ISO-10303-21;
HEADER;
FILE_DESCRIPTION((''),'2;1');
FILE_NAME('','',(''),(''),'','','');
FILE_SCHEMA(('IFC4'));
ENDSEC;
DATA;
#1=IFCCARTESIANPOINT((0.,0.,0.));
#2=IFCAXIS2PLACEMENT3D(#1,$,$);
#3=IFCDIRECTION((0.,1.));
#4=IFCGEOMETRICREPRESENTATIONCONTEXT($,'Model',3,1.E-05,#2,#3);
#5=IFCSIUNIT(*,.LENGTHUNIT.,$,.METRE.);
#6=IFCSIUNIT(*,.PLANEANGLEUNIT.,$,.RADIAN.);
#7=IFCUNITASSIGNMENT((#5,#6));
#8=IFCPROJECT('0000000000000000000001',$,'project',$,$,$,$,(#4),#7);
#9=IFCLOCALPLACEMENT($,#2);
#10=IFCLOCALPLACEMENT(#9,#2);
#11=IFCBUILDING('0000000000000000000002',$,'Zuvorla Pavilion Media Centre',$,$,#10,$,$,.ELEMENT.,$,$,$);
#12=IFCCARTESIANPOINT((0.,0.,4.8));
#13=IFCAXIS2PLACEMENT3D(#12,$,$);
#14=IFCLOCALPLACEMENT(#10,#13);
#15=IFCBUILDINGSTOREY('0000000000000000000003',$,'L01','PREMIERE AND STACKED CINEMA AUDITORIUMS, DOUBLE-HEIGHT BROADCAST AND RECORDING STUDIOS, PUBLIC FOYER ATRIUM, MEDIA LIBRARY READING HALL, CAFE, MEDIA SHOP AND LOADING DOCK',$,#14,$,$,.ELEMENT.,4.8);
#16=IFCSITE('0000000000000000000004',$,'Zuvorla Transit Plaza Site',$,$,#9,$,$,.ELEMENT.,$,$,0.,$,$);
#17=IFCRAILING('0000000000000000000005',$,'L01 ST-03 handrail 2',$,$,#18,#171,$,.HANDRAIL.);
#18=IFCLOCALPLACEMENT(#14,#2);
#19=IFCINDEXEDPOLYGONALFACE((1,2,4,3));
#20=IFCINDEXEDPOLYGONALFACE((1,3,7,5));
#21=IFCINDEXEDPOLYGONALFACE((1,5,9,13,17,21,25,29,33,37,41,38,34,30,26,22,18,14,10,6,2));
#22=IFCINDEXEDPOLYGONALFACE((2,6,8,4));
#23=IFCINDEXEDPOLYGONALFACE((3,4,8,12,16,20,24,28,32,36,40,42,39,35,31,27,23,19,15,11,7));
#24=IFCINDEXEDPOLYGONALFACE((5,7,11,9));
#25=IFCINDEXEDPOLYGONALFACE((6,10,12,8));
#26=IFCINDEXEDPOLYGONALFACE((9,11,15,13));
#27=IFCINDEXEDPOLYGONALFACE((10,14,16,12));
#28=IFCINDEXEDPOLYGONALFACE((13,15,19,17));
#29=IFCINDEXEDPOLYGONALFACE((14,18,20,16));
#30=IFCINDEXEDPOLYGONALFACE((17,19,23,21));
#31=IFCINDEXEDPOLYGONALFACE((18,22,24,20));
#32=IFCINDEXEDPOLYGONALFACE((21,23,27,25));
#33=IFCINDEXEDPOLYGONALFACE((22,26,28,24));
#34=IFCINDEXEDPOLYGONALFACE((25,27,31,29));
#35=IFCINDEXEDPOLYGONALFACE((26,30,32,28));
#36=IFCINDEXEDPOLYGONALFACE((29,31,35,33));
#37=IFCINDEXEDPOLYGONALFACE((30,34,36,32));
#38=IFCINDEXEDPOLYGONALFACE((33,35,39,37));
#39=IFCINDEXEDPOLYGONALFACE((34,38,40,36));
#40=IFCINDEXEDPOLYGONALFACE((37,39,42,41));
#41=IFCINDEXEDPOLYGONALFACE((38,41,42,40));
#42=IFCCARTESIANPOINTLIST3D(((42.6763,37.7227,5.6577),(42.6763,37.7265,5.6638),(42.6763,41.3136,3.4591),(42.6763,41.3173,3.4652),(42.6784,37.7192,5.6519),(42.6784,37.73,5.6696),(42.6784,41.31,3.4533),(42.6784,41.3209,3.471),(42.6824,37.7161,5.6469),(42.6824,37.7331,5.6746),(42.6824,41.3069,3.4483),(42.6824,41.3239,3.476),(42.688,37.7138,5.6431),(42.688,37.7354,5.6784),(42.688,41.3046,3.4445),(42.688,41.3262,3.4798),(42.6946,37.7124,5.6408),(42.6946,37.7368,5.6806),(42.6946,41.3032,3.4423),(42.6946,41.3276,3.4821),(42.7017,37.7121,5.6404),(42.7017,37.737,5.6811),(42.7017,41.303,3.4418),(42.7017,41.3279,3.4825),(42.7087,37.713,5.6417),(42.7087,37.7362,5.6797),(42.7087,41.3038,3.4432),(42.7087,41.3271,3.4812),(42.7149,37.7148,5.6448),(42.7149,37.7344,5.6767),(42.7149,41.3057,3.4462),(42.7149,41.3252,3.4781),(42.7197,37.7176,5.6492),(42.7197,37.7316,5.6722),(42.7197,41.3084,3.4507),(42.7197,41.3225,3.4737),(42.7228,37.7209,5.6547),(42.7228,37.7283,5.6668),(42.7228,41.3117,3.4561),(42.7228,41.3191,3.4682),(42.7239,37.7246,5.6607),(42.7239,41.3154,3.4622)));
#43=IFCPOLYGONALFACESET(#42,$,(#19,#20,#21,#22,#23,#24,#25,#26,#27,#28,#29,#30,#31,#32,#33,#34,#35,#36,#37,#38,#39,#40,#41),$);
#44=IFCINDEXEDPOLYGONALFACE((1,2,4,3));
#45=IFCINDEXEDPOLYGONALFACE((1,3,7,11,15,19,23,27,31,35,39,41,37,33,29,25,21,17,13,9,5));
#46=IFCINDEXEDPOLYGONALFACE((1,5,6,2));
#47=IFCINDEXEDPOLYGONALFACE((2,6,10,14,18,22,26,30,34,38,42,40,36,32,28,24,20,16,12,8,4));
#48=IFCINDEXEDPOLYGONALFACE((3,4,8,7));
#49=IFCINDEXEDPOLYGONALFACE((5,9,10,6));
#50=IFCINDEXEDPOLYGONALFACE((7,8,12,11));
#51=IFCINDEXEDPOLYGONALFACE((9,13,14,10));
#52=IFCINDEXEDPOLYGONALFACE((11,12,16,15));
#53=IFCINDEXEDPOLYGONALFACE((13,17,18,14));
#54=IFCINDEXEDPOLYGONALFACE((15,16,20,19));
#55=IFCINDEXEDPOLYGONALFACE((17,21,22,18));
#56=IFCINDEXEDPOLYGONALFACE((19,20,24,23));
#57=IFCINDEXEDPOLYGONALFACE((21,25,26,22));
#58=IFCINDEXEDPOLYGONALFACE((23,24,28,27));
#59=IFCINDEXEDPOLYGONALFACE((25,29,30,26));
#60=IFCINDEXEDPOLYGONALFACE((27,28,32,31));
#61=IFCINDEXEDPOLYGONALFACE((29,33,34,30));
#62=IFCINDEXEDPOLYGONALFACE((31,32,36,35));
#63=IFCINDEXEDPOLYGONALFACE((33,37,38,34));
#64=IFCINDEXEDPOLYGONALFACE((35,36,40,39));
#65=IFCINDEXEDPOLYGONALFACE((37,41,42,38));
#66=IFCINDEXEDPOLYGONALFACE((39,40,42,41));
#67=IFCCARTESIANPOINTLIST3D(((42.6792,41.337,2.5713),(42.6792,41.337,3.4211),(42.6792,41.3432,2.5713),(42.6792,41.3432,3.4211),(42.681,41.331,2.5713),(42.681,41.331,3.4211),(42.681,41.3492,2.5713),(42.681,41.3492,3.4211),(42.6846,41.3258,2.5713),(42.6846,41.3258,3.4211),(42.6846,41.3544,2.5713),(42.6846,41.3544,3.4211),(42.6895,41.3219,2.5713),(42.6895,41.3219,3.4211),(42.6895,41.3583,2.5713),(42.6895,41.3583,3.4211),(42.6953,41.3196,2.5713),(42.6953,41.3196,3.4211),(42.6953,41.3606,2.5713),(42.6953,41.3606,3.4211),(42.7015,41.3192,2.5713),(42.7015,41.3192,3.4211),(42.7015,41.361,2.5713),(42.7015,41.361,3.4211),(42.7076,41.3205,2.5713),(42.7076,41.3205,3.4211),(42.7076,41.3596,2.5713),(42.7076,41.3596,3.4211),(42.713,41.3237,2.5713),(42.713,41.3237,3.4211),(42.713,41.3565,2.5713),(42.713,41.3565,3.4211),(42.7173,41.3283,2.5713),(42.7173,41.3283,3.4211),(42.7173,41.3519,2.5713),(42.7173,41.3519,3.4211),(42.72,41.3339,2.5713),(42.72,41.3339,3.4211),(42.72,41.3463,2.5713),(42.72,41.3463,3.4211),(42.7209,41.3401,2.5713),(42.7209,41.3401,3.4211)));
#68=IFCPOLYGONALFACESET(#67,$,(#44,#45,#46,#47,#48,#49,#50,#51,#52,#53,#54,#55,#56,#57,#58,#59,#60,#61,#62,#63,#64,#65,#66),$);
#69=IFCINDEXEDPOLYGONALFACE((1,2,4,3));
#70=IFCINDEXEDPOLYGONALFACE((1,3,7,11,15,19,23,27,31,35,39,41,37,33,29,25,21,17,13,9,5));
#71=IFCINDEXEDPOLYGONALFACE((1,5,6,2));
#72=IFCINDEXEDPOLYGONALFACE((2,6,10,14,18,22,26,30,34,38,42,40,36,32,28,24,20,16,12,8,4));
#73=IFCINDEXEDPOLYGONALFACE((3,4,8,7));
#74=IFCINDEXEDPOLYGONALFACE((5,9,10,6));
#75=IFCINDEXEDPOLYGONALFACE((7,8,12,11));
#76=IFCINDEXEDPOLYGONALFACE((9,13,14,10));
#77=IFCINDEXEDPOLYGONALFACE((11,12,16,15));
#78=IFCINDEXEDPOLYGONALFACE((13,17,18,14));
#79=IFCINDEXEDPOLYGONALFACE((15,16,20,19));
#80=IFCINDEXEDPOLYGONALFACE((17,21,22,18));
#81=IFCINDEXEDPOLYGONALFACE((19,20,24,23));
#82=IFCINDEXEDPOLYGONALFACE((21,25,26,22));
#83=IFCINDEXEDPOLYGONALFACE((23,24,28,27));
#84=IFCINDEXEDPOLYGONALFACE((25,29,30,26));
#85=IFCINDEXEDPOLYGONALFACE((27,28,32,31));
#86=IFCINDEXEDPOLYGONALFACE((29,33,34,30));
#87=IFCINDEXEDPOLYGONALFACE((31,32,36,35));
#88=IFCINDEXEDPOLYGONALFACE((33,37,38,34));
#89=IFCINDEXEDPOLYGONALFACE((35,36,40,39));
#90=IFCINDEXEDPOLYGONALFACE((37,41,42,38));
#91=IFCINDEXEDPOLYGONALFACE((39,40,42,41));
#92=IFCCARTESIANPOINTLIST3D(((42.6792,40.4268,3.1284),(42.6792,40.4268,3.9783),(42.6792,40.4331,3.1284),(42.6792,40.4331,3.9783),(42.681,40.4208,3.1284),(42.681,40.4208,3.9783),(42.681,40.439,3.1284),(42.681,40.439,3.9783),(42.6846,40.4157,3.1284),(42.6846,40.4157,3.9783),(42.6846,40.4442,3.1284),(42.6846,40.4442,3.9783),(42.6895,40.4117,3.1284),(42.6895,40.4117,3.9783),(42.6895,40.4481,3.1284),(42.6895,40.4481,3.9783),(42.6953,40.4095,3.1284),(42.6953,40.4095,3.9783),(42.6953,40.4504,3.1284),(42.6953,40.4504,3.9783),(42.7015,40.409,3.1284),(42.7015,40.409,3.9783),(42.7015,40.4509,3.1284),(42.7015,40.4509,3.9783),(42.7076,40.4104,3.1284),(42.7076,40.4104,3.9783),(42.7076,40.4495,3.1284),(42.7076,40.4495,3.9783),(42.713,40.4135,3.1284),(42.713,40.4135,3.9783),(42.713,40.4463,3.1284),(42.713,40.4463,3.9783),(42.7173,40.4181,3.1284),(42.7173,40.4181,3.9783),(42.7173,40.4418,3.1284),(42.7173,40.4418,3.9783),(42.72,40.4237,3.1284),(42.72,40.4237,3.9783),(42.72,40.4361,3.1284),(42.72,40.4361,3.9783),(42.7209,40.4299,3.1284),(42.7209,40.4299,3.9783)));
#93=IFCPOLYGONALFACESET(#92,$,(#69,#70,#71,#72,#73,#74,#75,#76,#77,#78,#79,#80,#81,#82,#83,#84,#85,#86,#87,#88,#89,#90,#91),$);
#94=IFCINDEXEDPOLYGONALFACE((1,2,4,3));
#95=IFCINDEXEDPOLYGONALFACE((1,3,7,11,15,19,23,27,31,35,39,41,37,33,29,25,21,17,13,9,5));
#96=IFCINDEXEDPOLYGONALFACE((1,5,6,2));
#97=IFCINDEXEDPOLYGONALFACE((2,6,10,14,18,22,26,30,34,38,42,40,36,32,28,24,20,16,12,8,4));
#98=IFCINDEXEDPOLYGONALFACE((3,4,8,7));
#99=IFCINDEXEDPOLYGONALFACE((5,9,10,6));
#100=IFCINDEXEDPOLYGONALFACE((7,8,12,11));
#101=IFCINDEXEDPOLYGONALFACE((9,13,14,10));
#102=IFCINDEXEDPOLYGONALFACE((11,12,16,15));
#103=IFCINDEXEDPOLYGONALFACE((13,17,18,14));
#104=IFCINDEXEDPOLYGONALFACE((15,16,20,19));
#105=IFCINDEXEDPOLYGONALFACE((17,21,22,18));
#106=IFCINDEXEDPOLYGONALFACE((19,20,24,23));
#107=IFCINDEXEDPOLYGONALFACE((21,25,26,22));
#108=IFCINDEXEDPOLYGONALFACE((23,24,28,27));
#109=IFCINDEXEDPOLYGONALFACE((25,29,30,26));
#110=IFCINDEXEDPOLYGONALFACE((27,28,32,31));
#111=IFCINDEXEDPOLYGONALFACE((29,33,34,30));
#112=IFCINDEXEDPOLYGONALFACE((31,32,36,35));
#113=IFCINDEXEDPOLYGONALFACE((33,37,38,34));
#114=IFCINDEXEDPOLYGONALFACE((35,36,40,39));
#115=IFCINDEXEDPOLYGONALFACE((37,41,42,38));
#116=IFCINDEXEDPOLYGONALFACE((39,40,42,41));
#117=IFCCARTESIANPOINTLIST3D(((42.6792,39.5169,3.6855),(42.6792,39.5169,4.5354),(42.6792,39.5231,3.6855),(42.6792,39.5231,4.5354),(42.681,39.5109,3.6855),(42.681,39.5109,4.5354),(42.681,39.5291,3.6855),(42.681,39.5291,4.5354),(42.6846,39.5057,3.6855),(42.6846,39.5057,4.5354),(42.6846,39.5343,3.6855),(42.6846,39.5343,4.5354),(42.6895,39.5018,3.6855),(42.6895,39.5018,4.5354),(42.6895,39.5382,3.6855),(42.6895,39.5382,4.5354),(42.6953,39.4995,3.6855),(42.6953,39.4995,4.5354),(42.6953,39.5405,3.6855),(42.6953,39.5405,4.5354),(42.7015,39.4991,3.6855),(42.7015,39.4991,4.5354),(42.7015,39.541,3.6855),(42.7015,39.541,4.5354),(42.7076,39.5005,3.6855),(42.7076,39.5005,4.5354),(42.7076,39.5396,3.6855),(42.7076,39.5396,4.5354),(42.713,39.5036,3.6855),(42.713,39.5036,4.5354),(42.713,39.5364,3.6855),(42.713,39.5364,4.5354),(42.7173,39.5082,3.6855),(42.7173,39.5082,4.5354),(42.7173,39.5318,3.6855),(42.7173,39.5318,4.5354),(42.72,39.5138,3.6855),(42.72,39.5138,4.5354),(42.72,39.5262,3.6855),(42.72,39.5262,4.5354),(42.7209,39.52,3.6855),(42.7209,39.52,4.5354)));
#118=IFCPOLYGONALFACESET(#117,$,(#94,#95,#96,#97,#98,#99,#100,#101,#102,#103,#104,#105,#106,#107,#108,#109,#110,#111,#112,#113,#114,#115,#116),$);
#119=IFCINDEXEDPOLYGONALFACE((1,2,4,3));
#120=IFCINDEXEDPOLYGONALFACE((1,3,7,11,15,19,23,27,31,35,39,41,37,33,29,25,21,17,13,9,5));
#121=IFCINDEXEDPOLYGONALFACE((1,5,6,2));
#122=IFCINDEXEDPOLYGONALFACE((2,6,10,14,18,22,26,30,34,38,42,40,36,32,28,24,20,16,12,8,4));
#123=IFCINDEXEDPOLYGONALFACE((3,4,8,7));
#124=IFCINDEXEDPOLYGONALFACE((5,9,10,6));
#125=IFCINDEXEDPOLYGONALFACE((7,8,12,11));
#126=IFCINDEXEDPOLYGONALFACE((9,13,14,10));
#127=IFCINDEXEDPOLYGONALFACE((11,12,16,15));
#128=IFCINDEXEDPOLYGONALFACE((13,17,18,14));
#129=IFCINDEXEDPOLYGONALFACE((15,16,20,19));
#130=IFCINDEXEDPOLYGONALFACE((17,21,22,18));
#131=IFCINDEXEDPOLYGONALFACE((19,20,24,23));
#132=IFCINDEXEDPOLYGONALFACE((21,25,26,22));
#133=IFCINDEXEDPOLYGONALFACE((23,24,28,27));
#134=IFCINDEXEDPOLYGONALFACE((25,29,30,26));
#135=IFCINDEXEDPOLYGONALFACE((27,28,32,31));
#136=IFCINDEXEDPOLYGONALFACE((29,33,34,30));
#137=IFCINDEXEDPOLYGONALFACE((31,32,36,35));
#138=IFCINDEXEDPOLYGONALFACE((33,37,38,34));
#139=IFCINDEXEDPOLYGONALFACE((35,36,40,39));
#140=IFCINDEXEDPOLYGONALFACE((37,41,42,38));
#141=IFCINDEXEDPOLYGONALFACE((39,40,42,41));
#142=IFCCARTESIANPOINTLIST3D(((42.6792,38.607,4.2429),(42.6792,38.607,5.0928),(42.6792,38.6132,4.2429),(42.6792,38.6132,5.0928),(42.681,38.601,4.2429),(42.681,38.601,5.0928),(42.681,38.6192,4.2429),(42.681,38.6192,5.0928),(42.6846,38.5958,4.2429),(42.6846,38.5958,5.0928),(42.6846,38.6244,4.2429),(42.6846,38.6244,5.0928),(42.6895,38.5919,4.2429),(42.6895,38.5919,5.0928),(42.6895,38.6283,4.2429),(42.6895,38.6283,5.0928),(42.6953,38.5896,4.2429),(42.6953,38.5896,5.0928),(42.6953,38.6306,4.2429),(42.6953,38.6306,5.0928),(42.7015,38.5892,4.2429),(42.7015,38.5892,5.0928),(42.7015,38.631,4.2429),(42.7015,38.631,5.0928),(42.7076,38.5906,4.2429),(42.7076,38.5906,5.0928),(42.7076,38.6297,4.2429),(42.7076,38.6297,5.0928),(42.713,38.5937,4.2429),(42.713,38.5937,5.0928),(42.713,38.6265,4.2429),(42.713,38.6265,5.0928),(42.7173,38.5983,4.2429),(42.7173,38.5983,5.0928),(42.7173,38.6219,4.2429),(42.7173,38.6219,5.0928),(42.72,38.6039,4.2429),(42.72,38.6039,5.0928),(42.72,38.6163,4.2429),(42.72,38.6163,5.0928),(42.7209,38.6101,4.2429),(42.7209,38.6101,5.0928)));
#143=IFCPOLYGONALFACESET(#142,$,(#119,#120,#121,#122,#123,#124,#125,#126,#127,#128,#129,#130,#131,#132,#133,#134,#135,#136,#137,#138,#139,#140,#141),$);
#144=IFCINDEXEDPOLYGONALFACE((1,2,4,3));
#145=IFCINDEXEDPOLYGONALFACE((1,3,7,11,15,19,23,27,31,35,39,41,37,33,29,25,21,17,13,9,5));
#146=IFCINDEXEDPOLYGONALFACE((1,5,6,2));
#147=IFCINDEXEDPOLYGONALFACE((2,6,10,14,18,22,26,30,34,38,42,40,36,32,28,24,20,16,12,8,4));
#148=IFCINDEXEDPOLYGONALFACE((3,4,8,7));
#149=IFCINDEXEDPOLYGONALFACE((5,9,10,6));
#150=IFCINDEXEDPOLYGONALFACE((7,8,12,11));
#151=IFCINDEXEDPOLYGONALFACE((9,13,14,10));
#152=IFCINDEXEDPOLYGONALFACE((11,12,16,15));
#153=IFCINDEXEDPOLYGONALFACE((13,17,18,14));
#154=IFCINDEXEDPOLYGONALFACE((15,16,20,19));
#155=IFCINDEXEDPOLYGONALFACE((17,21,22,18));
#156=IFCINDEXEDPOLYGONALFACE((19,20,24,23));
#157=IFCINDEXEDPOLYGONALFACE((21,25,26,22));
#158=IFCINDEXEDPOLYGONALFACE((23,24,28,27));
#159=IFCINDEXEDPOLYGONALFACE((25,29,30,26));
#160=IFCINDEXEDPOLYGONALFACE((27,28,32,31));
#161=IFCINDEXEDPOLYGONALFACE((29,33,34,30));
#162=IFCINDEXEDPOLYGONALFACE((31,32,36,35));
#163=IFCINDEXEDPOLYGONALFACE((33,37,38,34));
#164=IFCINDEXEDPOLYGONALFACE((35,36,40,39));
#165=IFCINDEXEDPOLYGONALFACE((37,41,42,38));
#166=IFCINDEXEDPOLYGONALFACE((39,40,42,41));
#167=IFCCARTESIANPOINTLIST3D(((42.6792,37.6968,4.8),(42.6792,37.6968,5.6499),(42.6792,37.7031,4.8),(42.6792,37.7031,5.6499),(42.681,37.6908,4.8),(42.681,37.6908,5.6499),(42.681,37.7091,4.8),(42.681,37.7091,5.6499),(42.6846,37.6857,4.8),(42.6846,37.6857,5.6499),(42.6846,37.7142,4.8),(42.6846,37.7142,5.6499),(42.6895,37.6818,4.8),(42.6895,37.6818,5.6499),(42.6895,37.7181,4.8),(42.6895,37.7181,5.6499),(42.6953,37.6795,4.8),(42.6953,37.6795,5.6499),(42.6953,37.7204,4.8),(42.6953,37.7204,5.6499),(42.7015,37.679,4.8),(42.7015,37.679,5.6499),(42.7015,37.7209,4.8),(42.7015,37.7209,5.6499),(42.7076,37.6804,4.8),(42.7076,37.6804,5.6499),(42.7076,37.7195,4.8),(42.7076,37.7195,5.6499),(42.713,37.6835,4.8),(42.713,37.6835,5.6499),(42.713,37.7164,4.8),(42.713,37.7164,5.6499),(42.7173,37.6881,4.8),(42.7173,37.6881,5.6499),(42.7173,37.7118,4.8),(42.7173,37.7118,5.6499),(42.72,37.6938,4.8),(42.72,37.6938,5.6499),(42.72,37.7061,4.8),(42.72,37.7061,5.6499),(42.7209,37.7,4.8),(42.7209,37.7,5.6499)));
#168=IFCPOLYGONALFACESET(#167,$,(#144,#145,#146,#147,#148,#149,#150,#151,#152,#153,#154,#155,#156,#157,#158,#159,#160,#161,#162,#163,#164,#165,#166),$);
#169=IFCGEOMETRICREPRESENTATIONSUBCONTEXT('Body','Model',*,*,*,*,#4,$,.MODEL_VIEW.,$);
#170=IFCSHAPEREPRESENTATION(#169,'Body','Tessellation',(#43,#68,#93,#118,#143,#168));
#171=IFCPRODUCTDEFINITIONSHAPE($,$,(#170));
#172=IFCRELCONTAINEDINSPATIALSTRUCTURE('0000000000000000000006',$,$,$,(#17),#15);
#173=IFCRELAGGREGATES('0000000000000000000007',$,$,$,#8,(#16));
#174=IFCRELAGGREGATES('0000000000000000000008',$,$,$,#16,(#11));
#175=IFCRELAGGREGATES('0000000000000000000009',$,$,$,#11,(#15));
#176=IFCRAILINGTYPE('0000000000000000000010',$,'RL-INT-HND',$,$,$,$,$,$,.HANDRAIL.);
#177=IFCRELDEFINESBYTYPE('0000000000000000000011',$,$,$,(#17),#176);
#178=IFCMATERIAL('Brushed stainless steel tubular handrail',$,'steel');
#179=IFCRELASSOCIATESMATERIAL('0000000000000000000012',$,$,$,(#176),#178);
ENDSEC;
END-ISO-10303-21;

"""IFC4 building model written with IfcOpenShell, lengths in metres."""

from ifc_helpers import new_model, si_unit, direction, frame, origin, origin_2d, place, context, subcontext, project, spatial, circle, extrude, material, type_object, element, save


model = new_model("IFC4")

# Units and contexts
model_context = context("Model", 3, precision=1e-05, world=origin(), true_north=direction((0.0, 1.0)))
body_context = subcontext(model_context, "Body", "Model", "MODEL_VIEW")
ifc_project = project(units=[si_unit("LENGTHUNIT", "METRE"), si_unit("PLANEANGLEUNIT", "RADIAN")], contexts=[model_context])

# Site, building, storey
site_placement = place(None, origin())
site = spatial("IfcSite", under=ifc_project, at=site_placement, Name="Zuvorla Transit Plaza Site", CompositionType="ELEMENT", RefElevation=0.0)
building_placement = place(site_placement, origin())
building = spatial("IfcBuilding", under=site, at=building_placement, Name="Zuvorla Pavilion Media Centre", CompositionType="ELEMENT")
storey_placement = place(building_placement, frame((0.0, 0.0, 4.8)))
storey = spatial("IfcBuildingStorey", under=building, at=storey_placement, Name="L01", Description="PREMIERE AND STACKED CINEMA AUDITORIUMS, DOUBLE-HEIGHT BROADCAST AND RECORDING STUDIOS, PUBLIC FOYER ATRIUM, MEDIA LIBRARY READING HALL, CAFE, MEDIA SHOP AND LOADING DOCK", CompositionType="ELEMENT", Elevation=4.8)

# Railing
ifc_material_1 = material(Name="Brushed stainless steel tubular handrail", Category="steel")
railing_type_1 = type_object("IfcRailingType", Name="RL-INT-HND", PredefinedType="HANDRAIL", material=ifc_material_1)
railing_1_placement = place(storey_placement, frame((42.7, 41.3401, 2.5713)))
element("IfcRailing", 1, at=railing_1_placement, inside=storey, type_object=railing_type_1, Name="L01 ST-03 handrail 2", PredefinedType="HANDRAIL", context=body_context, shape_type="SweptSolid", body=[
    extrude(circle(Radius=0.0239, at=origin_2d()), frame((0.0, -0.0247, 0.8909), z_axis=(0.0, -0.85284, 0.522172), x_axis=(1.0, 0.0, 0.0)), (0.0, 0.0, 1.0), 4.2104),
    extrude(circle(Radius=0.021, at=origin_2d()), origin(), (0.0, 0.0, 1.0), 0.8499),
    extrude(circle(Radius=0.021, at=origin_2d()), frame((0.0, -0.9102, 0.5571)), (0.0, 0.0, 1.0), 0.8499),
    extrude(circle(Radius=0.021, at=origin_2d()), frame((0.0, -1.8201, 1.1143)), (0.0, 0.0, 1.0), 0.8499),
    extrude(circle(Radius=0.021, at=origin_2d()), frame((0.0, -2.73, 1.6716)), (0.0, 0.0, 1.0), 0.8499),
    extrude(circle(Radius=0.021, at=origin_2d()), frame((0.0, -3.6401, 2.2288)), (0.0, 0.0, 1.0), 0.8499),
])

save(model, "model.ifc")
